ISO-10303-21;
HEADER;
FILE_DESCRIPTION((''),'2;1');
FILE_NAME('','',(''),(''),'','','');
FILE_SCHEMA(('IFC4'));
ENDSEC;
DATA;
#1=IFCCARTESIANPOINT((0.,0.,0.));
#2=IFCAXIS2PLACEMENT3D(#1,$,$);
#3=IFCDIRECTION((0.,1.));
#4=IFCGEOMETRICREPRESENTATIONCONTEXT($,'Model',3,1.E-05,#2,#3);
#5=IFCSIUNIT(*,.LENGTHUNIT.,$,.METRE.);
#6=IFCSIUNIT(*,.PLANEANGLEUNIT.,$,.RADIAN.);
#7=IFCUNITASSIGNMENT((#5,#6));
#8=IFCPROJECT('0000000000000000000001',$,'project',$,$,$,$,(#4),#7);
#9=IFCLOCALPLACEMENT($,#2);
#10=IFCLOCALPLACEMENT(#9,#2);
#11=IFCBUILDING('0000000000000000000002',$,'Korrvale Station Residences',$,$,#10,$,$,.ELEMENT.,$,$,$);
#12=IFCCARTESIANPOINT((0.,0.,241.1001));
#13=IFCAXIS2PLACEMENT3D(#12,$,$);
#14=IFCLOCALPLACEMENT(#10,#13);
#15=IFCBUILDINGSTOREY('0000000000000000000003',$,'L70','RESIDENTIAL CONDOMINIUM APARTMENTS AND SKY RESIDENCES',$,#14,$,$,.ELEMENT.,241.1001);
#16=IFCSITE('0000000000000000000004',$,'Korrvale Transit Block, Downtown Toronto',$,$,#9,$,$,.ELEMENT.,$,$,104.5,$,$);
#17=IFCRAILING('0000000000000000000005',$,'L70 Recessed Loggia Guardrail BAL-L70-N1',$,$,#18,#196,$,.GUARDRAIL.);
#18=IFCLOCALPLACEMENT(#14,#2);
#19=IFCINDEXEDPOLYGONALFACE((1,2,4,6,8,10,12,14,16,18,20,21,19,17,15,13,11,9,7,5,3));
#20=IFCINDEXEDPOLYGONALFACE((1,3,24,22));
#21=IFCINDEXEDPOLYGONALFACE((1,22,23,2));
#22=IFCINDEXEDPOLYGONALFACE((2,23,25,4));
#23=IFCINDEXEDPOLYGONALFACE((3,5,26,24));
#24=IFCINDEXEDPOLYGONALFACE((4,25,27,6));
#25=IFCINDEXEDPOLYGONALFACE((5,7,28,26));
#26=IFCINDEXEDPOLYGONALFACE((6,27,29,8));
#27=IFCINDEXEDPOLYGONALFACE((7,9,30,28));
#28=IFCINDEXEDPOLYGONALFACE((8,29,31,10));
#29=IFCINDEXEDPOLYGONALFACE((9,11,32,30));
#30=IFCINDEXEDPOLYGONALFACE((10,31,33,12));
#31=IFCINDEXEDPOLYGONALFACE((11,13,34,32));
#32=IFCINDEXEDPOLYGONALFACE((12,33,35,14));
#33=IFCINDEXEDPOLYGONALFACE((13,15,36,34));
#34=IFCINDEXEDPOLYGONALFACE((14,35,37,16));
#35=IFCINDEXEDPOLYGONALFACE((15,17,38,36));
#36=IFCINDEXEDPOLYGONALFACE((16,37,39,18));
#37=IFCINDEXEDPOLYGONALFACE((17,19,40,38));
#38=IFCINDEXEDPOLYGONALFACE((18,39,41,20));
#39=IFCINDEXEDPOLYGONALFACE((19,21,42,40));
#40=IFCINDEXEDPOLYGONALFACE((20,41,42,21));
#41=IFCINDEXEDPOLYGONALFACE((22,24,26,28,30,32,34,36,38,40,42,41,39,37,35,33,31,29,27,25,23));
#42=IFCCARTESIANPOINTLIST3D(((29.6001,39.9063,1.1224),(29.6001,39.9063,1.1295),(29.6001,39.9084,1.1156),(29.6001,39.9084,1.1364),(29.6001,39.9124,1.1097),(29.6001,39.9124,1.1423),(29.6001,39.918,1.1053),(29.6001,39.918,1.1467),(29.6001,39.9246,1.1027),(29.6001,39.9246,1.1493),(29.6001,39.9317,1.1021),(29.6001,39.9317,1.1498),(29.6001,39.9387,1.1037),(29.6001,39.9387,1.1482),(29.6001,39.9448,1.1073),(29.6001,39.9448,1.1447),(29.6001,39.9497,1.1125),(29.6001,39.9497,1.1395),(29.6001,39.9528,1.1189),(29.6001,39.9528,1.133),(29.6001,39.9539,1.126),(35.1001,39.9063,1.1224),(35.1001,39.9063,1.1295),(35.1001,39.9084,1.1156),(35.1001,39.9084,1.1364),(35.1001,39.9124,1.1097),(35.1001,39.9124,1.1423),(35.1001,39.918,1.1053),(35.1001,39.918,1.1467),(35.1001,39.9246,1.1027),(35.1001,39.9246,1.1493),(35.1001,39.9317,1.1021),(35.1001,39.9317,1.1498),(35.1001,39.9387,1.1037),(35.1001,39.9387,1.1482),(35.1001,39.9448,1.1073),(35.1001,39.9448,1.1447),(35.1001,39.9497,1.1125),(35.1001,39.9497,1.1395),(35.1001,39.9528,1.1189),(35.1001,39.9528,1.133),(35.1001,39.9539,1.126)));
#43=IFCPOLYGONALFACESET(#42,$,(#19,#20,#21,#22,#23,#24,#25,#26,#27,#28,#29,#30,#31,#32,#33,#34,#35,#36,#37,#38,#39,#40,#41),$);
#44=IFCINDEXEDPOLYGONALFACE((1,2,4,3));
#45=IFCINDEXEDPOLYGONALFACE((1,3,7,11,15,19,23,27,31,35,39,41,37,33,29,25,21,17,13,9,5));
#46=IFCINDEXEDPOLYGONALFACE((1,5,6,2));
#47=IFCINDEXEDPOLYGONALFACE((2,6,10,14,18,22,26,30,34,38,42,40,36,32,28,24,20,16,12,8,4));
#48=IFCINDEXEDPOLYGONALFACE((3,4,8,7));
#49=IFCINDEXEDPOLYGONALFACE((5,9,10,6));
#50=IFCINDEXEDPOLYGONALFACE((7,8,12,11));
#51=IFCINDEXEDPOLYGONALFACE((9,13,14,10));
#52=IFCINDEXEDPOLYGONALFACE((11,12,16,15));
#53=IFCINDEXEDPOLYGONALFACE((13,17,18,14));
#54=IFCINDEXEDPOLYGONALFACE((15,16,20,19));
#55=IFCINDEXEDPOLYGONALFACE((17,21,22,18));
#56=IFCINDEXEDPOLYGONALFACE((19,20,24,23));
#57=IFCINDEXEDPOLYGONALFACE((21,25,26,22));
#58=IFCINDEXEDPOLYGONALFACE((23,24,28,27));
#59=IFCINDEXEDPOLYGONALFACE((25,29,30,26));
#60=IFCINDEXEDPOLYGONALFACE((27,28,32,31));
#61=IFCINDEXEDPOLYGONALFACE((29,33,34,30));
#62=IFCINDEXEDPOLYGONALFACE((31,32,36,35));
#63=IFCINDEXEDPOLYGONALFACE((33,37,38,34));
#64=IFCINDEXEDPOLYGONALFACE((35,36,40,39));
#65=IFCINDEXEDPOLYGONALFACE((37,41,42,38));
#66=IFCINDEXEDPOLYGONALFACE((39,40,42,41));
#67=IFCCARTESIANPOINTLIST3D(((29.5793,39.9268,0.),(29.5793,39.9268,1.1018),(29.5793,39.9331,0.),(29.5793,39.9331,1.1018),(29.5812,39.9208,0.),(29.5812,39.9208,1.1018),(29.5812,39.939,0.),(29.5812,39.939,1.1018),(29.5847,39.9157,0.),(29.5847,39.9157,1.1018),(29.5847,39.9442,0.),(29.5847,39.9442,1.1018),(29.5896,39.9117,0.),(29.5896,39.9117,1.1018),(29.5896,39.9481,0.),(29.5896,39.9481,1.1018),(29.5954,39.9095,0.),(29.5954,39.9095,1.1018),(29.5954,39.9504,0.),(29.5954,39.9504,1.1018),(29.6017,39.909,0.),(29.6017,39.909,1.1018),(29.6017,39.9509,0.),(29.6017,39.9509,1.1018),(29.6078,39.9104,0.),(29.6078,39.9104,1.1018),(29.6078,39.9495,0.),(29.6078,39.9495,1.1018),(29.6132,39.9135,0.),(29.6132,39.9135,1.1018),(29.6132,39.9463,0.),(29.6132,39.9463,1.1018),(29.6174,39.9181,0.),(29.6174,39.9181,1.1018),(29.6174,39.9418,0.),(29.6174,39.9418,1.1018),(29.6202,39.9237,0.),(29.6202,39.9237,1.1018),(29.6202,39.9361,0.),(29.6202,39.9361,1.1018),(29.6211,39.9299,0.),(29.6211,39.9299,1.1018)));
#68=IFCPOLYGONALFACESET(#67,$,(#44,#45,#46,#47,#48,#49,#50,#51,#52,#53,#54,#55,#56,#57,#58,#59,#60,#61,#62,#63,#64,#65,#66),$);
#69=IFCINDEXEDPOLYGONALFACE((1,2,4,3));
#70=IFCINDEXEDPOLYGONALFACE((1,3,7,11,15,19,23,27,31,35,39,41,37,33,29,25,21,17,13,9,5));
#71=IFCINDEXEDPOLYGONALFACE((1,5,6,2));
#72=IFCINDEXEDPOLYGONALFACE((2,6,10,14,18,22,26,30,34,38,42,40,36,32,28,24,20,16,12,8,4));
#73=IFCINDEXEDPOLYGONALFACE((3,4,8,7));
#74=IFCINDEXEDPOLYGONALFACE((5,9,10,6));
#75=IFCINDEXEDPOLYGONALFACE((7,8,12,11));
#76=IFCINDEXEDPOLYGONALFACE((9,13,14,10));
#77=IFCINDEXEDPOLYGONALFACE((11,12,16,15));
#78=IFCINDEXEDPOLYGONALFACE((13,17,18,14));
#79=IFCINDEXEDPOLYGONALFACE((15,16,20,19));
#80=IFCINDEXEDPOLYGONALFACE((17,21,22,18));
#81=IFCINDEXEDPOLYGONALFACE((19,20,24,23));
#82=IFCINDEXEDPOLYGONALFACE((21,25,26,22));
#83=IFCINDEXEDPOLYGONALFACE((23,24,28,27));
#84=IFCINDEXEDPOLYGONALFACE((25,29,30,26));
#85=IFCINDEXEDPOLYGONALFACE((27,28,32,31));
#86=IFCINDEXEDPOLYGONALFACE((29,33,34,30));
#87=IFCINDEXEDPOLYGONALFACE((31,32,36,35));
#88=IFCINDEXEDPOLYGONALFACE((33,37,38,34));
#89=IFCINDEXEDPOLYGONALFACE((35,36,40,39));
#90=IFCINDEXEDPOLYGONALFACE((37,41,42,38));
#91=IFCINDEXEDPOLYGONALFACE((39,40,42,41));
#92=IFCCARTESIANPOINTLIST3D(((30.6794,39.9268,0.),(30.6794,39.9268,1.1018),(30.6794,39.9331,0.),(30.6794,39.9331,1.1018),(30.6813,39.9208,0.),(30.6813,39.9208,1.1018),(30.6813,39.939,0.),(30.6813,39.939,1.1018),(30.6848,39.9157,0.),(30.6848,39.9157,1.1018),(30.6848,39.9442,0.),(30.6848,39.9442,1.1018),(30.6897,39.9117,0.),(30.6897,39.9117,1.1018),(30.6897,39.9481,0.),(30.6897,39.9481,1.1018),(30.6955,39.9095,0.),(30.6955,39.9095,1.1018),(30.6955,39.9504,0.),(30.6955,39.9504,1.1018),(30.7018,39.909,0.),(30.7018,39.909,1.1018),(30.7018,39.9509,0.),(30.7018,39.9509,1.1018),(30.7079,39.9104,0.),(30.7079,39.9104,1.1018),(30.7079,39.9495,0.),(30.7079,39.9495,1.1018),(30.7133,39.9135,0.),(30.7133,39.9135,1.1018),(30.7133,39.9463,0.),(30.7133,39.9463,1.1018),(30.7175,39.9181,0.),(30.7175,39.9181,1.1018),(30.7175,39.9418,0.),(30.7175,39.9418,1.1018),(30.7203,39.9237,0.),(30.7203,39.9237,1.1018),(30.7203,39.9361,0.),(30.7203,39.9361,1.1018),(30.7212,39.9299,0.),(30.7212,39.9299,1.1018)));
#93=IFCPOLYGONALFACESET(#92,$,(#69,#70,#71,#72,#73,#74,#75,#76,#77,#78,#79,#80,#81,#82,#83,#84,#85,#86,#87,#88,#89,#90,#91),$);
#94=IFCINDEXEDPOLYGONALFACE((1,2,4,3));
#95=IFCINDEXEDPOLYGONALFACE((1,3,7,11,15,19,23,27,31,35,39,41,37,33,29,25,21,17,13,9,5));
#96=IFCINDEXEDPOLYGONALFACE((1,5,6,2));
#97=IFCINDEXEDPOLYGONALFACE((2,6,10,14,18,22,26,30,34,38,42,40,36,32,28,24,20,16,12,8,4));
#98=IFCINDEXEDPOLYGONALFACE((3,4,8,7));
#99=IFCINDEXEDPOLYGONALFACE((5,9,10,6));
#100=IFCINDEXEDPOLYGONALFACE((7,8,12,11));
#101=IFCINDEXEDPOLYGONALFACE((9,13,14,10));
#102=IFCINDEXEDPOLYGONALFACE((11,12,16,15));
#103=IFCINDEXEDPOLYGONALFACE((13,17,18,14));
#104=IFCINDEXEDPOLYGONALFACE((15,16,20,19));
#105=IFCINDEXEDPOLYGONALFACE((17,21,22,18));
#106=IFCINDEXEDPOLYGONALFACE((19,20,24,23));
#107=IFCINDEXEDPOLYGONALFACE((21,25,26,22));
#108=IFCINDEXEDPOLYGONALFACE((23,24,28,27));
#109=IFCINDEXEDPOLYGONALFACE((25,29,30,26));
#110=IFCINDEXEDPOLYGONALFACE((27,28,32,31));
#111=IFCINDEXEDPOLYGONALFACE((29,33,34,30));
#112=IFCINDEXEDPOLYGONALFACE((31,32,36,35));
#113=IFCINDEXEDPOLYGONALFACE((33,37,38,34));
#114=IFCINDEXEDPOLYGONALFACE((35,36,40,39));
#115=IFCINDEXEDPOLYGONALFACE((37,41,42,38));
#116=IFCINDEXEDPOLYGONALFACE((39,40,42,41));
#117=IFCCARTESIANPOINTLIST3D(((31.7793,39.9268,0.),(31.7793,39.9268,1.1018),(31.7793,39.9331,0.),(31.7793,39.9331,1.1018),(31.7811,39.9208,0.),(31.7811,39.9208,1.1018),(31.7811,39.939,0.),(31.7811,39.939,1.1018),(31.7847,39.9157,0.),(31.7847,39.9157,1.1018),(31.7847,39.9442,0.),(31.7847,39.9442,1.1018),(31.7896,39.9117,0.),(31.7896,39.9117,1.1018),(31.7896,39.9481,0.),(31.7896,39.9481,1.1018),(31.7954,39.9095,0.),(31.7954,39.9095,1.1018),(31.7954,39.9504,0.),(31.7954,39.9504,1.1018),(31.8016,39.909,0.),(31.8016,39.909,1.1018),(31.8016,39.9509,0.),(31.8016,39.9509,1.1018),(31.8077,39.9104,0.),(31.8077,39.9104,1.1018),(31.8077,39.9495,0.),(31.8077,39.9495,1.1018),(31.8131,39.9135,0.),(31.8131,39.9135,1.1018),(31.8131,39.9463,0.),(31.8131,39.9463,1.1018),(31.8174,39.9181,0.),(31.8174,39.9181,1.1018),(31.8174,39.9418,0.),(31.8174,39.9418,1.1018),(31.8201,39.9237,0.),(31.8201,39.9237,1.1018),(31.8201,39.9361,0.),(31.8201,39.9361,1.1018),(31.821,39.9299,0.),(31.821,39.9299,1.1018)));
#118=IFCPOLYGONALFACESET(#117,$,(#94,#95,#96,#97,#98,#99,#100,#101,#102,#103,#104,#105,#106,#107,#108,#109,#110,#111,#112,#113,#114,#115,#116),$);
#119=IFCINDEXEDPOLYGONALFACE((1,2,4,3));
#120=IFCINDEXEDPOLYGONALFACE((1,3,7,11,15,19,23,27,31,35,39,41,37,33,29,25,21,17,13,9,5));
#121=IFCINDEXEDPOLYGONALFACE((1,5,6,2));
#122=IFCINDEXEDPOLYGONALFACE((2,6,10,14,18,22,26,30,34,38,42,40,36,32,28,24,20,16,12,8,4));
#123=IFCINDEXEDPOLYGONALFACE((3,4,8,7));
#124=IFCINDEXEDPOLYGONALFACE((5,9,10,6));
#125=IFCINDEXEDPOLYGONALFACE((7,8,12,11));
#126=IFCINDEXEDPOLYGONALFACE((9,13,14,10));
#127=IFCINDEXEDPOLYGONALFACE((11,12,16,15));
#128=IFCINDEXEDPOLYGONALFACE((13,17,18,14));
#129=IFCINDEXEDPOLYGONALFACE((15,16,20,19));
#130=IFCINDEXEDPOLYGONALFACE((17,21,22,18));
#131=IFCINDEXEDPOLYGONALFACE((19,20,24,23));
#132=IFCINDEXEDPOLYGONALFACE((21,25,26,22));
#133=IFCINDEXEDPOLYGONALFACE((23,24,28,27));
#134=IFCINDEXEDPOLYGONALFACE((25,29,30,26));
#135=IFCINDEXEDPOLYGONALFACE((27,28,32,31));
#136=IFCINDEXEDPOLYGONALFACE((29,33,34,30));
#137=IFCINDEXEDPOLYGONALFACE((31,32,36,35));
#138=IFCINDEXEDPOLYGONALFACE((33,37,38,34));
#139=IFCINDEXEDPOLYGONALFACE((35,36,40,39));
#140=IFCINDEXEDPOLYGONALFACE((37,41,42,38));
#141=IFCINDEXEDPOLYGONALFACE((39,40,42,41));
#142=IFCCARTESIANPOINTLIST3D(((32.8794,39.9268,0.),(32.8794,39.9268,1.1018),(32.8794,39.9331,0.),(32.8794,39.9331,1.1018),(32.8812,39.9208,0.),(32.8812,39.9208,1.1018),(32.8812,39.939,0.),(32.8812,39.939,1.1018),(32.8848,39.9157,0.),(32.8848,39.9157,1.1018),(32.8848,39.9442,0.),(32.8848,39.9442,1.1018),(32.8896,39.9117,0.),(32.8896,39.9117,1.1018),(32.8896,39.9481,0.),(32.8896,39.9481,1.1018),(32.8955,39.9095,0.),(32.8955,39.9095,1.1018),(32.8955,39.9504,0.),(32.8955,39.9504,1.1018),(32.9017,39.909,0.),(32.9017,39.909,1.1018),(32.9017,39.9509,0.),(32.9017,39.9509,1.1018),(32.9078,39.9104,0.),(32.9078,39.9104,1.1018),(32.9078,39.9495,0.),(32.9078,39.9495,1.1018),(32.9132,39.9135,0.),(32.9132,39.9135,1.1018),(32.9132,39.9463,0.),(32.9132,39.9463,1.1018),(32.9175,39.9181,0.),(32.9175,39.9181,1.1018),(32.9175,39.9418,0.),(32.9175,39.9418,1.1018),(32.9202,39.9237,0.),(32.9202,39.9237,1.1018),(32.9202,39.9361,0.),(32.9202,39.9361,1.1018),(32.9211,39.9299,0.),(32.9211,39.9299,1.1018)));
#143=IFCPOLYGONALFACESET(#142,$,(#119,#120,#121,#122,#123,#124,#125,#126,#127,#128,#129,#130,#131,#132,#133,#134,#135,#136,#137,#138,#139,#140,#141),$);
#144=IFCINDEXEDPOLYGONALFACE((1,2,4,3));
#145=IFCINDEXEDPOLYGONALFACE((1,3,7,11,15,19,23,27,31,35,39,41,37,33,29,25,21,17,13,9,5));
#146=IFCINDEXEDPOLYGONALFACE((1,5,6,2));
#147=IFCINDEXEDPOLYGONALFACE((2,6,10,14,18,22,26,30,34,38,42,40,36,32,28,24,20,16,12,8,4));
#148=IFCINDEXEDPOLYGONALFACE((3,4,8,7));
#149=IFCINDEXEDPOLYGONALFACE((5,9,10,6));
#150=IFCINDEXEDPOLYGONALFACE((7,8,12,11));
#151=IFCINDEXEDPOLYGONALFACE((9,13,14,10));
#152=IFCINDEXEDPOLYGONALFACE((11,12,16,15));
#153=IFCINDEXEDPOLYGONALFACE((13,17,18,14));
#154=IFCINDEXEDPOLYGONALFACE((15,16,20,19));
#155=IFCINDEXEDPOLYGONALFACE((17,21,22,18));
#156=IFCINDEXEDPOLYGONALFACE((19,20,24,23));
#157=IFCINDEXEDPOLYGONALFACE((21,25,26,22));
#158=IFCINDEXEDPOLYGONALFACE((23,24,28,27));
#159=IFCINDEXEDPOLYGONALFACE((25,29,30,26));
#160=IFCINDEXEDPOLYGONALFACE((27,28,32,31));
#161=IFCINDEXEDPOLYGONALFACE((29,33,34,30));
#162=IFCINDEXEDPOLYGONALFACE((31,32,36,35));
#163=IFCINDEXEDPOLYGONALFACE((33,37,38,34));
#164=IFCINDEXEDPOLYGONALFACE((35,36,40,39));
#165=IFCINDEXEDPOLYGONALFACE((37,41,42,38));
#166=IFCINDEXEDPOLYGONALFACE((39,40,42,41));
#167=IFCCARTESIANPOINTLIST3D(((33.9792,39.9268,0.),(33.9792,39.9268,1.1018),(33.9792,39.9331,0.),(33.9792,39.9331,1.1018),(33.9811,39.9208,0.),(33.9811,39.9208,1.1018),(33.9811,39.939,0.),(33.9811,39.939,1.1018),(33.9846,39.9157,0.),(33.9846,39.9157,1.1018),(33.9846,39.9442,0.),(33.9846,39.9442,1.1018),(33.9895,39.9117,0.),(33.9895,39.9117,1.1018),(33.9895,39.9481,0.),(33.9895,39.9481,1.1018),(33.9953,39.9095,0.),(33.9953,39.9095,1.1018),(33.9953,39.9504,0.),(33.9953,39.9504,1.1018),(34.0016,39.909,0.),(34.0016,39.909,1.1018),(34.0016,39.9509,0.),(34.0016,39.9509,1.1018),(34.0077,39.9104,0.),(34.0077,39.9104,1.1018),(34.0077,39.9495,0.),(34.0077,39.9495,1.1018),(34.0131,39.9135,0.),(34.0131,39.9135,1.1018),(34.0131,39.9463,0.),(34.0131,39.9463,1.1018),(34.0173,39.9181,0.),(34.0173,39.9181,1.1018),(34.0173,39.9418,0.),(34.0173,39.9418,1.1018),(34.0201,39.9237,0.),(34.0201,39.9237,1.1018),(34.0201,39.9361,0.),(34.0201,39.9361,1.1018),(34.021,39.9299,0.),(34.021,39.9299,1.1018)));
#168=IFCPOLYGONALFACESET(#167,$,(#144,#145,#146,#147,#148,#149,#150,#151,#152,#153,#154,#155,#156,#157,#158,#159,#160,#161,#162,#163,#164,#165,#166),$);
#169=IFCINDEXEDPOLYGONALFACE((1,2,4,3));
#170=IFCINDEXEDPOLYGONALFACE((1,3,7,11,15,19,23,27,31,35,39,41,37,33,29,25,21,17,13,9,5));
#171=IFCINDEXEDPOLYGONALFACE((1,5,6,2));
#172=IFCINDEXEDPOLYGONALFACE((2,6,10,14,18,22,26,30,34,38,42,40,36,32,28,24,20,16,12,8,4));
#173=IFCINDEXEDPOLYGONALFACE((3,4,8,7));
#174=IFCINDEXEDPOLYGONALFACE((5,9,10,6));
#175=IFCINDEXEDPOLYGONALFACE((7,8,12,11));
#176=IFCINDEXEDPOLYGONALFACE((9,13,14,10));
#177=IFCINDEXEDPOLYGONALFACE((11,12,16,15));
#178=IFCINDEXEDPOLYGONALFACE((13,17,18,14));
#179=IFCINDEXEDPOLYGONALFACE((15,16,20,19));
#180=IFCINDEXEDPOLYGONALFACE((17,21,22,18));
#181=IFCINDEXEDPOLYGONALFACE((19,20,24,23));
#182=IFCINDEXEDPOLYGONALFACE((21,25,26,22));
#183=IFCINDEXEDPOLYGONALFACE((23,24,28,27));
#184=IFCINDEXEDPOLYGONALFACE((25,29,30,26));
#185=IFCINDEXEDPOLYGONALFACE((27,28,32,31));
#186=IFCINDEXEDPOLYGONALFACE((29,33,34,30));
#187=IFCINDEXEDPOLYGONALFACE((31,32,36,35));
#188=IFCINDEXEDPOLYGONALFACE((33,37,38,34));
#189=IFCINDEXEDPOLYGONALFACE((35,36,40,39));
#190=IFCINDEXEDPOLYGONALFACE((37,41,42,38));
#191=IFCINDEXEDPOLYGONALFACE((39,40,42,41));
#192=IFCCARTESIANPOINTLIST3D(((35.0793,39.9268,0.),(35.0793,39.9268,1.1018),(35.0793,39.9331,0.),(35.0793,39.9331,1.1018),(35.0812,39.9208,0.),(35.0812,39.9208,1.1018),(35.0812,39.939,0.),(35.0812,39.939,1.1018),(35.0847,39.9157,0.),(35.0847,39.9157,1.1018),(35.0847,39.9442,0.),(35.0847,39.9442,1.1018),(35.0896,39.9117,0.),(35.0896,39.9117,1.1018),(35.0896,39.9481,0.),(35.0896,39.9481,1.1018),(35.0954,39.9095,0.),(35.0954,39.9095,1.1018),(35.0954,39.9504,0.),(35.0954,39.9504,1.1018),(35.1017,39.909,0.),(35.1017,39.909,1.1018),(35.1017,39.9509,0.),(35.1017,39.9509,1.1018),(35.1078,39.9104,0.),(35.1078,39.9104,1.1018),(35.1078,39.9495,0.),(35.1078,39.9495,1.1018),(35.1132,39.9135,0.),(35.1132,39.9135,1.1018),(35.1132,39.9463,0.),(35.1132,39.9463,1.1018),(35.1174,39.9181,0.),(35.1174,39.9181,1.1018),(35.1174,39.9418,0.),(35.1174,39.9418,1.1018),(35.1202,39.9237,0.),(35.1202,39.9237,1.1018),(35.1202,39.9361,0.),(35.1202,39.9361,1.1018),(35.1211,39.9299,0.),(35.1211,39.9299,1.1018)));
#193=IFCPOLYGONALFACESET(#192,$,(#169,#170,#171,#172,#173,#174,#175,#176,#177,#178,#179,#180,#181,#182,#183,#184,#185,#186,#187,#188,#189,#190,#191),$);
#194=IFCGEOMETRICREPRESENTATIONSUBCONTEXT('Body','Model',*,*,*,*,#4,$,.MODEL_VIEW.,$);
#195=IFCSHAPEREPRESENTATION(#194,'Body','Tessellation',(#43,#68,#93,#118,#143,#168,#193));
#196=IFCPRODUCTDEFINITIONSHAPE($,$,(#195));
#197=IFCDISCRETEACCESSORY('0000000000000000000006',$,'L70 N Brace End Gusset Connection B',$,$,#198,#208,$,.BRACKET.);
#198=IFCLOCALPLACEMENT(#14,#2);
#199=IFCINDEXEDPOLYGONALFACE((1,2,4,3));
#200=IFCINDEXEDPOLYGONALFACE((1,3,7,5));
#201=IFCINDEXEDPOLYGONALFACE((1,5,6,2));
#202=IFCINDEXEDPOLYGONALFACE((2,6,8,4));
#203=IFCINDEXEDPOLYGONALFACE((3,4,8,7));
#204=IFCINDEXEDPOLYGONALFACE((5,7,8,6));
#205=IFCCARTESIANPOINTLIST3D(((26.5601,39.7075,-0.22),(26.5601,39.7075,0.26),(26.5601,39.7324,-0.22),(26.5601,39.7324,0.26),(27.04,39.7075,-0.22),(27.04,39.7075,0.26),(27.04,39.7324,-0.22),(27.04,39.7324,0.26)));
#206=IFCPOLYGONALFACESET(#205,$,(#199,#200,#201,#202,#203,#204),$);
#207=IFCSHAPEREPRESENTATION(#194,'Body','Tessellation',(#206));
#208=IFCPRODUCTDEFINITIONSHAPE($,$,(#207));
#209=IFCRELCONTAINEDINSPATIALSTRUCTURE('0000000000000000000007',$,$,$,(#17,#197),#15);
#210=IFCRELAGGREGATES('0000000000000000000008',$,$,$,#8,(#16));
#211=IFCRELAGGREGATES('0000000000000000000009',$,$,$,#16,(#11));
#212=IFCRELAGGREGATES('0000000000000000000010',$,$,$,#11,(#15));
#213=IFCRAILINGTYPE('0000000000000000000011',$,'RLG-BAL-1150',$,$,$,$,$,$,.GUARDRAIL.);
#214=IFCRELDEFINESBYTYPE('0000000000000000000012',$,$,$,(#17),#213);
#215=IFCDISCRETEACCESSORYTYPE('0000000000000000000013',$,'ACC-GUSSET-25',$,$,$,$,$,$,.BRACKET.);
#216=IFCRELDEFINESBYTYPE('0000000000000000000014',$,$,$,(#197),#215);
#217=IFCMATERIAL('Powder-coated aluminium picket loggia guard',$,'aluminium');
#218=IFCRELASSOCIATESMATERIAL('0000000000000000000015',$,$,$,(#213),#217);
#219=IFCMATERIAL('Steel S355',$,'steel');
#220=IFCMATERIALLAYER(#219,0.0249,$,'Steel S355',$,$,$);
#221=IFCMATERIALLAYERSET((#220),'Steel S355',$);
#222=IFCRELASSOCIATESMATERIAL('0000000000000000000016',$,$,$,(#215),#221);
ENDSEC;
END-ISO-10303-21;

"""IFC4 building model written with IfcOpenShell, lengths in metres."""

from ifc_helpers import new_model, si_unit, direction, frame, origin, origin_2d, place, context, subcontext, project, spatial, rectangle, circle, extrude, material, layer, layer_set, type_object, element, save


model = new_model("IFC4")

# Units and contexts
model_context = context("Model", 3, precision=1e-05, world=origin(), true_north=direction((0.0, 1.0)))
body_context = subcontext(model_context, "Body", "Model", "MODEL_VIEW")
ifc_project = project(units=[si_unit("LENGTHUNIT", "METRE"), si_unit("PLANEANGLEUNIT", "RADIAN")], contexts=[model_context])

# Site, building, storey
site_placement = place(None, origin())
site = spatial("IfcSite", under=ifc_project, at=site_placement, Name="Korrvale Transit Block, Downtown Toronto", CompositionType="ELEMENT", RefElevation=104.5)
building_placement = place(site_placement, origin())
building = spatial("IfcBuilding", under=site, at=building_placement, Name="Korrvale Station Residences", CompositionType="ELEMENT")
storey_placement = place(building_placement, frame((0.0, 0.0, 241.1001)))
storey = spatial("IfcBuildingStorey", under=building, at=storey_placement, Name="L70", Description="RESIDENTIAL CONDOMINIUM APARTMENTS AND SKY RESIDENCES", CompositionType="ELEMENT", Elevation=241.1001)

# Shared definitions
ifc_material_1 = material(Name="Steel S355", Category="steel")

# Railing
ifc_material_2 = material(Name="Powder-coated aluminium picket loggia guard", Category="aluminium")
railing_type = type_object("IfcRailingType", Name="RLG-BAL-1150", PredefinedType="GUARDRAIL", material=ifc_material_2)
railing_placement = place(storey_placement, frame((29.6001, 39.9299, 0.0)))
element("IfcRailing", 1, at=railing_placement, inside=storey, type_object=railing_type, Name="L70 Recessed Loggia Guardrail BAL-L70-N1", PredefinedType="GUARDRAIL", context=body_context, shape_type="SweptSolid", body=[
    extrude(circle(Radius=0.0239, at=origin_2d()), frame((0.0, 0.0, 1.126), z_axis=(1.0, 0.0, 0.0), x_axis=(0.0, 1.0, 0.0)), (0.0, 0.0, 1.0), 5.5),
    extrude(circle(Radius=0.021, at=origin_2d()), origin(), (0.0, 0.0, 1.0), 1.1018),
    extrude(circle(Radius=0.021, at=origin_2d()), frame((1.1001, 0.0, 0.0)), (0.0, 0.0, 1.0), 1.1018),
    extrude(circle(Radius=0.021, at=origin_2d()), frame((2.2, 0.0, 0.0)), (0.0, 0.0, 1.0), 1.1018),
    extrude(circle(Radius=0.021, at=origin_2d()), frame((3.3, 0.0, 0.0)), (0.0, 0.0, 1.0), 1.1018),
    extrude(circle(Radius=0.021, at=origin_2d()), frame((4.3999, 0.0, 0.0)), (0.0, 0.0, 1.0), 1.1018),
    extrude(circle(Radius=0.021, at=origin_2d()), frame((5.5, 0.0, 0.0)), (0.0, 0.0, 1.0), 1.1018),
])

# Discrete accessory
ifc_layer_1 = layer(ifc_material_1, 0.0249, Name="Steel S355")
ifc_layer_set_1 = layer_set([ifc_layer_1], Name="Steel S355")
discrete_accessory_type = type_object("IfcDiscreteAccessoryType", Name="ACC-GUSSET-25", PredefinedType="BRACKET", material=ifc_layer_set_1)
for number, where, z_axis, x_axis, name in (
    (2, (26.8, 39.72, -0.22), (0.0, 0.0, 1.0), (1.0, 0.0, 0.0), "L70 N Brace End Gusset Connection B"),
):
    element("IfcDiscreteAccessory", number, at=place(storey_placement, frame(where, z_axis=z_axis, x_axis=x_axis)), inside=storey, type_object=discrete_accessory_type, Name=name, PredefinedType="BRACKET", context=body_context, shape_type="SweptSolid", body=[
        extrude(rectangle(XDim=0.48, YDim=0.0249, at=origin_2d()), origin(), (0.0, 0.0, 1.0), 0.48),
    ])

save(model, "model.ifc")
